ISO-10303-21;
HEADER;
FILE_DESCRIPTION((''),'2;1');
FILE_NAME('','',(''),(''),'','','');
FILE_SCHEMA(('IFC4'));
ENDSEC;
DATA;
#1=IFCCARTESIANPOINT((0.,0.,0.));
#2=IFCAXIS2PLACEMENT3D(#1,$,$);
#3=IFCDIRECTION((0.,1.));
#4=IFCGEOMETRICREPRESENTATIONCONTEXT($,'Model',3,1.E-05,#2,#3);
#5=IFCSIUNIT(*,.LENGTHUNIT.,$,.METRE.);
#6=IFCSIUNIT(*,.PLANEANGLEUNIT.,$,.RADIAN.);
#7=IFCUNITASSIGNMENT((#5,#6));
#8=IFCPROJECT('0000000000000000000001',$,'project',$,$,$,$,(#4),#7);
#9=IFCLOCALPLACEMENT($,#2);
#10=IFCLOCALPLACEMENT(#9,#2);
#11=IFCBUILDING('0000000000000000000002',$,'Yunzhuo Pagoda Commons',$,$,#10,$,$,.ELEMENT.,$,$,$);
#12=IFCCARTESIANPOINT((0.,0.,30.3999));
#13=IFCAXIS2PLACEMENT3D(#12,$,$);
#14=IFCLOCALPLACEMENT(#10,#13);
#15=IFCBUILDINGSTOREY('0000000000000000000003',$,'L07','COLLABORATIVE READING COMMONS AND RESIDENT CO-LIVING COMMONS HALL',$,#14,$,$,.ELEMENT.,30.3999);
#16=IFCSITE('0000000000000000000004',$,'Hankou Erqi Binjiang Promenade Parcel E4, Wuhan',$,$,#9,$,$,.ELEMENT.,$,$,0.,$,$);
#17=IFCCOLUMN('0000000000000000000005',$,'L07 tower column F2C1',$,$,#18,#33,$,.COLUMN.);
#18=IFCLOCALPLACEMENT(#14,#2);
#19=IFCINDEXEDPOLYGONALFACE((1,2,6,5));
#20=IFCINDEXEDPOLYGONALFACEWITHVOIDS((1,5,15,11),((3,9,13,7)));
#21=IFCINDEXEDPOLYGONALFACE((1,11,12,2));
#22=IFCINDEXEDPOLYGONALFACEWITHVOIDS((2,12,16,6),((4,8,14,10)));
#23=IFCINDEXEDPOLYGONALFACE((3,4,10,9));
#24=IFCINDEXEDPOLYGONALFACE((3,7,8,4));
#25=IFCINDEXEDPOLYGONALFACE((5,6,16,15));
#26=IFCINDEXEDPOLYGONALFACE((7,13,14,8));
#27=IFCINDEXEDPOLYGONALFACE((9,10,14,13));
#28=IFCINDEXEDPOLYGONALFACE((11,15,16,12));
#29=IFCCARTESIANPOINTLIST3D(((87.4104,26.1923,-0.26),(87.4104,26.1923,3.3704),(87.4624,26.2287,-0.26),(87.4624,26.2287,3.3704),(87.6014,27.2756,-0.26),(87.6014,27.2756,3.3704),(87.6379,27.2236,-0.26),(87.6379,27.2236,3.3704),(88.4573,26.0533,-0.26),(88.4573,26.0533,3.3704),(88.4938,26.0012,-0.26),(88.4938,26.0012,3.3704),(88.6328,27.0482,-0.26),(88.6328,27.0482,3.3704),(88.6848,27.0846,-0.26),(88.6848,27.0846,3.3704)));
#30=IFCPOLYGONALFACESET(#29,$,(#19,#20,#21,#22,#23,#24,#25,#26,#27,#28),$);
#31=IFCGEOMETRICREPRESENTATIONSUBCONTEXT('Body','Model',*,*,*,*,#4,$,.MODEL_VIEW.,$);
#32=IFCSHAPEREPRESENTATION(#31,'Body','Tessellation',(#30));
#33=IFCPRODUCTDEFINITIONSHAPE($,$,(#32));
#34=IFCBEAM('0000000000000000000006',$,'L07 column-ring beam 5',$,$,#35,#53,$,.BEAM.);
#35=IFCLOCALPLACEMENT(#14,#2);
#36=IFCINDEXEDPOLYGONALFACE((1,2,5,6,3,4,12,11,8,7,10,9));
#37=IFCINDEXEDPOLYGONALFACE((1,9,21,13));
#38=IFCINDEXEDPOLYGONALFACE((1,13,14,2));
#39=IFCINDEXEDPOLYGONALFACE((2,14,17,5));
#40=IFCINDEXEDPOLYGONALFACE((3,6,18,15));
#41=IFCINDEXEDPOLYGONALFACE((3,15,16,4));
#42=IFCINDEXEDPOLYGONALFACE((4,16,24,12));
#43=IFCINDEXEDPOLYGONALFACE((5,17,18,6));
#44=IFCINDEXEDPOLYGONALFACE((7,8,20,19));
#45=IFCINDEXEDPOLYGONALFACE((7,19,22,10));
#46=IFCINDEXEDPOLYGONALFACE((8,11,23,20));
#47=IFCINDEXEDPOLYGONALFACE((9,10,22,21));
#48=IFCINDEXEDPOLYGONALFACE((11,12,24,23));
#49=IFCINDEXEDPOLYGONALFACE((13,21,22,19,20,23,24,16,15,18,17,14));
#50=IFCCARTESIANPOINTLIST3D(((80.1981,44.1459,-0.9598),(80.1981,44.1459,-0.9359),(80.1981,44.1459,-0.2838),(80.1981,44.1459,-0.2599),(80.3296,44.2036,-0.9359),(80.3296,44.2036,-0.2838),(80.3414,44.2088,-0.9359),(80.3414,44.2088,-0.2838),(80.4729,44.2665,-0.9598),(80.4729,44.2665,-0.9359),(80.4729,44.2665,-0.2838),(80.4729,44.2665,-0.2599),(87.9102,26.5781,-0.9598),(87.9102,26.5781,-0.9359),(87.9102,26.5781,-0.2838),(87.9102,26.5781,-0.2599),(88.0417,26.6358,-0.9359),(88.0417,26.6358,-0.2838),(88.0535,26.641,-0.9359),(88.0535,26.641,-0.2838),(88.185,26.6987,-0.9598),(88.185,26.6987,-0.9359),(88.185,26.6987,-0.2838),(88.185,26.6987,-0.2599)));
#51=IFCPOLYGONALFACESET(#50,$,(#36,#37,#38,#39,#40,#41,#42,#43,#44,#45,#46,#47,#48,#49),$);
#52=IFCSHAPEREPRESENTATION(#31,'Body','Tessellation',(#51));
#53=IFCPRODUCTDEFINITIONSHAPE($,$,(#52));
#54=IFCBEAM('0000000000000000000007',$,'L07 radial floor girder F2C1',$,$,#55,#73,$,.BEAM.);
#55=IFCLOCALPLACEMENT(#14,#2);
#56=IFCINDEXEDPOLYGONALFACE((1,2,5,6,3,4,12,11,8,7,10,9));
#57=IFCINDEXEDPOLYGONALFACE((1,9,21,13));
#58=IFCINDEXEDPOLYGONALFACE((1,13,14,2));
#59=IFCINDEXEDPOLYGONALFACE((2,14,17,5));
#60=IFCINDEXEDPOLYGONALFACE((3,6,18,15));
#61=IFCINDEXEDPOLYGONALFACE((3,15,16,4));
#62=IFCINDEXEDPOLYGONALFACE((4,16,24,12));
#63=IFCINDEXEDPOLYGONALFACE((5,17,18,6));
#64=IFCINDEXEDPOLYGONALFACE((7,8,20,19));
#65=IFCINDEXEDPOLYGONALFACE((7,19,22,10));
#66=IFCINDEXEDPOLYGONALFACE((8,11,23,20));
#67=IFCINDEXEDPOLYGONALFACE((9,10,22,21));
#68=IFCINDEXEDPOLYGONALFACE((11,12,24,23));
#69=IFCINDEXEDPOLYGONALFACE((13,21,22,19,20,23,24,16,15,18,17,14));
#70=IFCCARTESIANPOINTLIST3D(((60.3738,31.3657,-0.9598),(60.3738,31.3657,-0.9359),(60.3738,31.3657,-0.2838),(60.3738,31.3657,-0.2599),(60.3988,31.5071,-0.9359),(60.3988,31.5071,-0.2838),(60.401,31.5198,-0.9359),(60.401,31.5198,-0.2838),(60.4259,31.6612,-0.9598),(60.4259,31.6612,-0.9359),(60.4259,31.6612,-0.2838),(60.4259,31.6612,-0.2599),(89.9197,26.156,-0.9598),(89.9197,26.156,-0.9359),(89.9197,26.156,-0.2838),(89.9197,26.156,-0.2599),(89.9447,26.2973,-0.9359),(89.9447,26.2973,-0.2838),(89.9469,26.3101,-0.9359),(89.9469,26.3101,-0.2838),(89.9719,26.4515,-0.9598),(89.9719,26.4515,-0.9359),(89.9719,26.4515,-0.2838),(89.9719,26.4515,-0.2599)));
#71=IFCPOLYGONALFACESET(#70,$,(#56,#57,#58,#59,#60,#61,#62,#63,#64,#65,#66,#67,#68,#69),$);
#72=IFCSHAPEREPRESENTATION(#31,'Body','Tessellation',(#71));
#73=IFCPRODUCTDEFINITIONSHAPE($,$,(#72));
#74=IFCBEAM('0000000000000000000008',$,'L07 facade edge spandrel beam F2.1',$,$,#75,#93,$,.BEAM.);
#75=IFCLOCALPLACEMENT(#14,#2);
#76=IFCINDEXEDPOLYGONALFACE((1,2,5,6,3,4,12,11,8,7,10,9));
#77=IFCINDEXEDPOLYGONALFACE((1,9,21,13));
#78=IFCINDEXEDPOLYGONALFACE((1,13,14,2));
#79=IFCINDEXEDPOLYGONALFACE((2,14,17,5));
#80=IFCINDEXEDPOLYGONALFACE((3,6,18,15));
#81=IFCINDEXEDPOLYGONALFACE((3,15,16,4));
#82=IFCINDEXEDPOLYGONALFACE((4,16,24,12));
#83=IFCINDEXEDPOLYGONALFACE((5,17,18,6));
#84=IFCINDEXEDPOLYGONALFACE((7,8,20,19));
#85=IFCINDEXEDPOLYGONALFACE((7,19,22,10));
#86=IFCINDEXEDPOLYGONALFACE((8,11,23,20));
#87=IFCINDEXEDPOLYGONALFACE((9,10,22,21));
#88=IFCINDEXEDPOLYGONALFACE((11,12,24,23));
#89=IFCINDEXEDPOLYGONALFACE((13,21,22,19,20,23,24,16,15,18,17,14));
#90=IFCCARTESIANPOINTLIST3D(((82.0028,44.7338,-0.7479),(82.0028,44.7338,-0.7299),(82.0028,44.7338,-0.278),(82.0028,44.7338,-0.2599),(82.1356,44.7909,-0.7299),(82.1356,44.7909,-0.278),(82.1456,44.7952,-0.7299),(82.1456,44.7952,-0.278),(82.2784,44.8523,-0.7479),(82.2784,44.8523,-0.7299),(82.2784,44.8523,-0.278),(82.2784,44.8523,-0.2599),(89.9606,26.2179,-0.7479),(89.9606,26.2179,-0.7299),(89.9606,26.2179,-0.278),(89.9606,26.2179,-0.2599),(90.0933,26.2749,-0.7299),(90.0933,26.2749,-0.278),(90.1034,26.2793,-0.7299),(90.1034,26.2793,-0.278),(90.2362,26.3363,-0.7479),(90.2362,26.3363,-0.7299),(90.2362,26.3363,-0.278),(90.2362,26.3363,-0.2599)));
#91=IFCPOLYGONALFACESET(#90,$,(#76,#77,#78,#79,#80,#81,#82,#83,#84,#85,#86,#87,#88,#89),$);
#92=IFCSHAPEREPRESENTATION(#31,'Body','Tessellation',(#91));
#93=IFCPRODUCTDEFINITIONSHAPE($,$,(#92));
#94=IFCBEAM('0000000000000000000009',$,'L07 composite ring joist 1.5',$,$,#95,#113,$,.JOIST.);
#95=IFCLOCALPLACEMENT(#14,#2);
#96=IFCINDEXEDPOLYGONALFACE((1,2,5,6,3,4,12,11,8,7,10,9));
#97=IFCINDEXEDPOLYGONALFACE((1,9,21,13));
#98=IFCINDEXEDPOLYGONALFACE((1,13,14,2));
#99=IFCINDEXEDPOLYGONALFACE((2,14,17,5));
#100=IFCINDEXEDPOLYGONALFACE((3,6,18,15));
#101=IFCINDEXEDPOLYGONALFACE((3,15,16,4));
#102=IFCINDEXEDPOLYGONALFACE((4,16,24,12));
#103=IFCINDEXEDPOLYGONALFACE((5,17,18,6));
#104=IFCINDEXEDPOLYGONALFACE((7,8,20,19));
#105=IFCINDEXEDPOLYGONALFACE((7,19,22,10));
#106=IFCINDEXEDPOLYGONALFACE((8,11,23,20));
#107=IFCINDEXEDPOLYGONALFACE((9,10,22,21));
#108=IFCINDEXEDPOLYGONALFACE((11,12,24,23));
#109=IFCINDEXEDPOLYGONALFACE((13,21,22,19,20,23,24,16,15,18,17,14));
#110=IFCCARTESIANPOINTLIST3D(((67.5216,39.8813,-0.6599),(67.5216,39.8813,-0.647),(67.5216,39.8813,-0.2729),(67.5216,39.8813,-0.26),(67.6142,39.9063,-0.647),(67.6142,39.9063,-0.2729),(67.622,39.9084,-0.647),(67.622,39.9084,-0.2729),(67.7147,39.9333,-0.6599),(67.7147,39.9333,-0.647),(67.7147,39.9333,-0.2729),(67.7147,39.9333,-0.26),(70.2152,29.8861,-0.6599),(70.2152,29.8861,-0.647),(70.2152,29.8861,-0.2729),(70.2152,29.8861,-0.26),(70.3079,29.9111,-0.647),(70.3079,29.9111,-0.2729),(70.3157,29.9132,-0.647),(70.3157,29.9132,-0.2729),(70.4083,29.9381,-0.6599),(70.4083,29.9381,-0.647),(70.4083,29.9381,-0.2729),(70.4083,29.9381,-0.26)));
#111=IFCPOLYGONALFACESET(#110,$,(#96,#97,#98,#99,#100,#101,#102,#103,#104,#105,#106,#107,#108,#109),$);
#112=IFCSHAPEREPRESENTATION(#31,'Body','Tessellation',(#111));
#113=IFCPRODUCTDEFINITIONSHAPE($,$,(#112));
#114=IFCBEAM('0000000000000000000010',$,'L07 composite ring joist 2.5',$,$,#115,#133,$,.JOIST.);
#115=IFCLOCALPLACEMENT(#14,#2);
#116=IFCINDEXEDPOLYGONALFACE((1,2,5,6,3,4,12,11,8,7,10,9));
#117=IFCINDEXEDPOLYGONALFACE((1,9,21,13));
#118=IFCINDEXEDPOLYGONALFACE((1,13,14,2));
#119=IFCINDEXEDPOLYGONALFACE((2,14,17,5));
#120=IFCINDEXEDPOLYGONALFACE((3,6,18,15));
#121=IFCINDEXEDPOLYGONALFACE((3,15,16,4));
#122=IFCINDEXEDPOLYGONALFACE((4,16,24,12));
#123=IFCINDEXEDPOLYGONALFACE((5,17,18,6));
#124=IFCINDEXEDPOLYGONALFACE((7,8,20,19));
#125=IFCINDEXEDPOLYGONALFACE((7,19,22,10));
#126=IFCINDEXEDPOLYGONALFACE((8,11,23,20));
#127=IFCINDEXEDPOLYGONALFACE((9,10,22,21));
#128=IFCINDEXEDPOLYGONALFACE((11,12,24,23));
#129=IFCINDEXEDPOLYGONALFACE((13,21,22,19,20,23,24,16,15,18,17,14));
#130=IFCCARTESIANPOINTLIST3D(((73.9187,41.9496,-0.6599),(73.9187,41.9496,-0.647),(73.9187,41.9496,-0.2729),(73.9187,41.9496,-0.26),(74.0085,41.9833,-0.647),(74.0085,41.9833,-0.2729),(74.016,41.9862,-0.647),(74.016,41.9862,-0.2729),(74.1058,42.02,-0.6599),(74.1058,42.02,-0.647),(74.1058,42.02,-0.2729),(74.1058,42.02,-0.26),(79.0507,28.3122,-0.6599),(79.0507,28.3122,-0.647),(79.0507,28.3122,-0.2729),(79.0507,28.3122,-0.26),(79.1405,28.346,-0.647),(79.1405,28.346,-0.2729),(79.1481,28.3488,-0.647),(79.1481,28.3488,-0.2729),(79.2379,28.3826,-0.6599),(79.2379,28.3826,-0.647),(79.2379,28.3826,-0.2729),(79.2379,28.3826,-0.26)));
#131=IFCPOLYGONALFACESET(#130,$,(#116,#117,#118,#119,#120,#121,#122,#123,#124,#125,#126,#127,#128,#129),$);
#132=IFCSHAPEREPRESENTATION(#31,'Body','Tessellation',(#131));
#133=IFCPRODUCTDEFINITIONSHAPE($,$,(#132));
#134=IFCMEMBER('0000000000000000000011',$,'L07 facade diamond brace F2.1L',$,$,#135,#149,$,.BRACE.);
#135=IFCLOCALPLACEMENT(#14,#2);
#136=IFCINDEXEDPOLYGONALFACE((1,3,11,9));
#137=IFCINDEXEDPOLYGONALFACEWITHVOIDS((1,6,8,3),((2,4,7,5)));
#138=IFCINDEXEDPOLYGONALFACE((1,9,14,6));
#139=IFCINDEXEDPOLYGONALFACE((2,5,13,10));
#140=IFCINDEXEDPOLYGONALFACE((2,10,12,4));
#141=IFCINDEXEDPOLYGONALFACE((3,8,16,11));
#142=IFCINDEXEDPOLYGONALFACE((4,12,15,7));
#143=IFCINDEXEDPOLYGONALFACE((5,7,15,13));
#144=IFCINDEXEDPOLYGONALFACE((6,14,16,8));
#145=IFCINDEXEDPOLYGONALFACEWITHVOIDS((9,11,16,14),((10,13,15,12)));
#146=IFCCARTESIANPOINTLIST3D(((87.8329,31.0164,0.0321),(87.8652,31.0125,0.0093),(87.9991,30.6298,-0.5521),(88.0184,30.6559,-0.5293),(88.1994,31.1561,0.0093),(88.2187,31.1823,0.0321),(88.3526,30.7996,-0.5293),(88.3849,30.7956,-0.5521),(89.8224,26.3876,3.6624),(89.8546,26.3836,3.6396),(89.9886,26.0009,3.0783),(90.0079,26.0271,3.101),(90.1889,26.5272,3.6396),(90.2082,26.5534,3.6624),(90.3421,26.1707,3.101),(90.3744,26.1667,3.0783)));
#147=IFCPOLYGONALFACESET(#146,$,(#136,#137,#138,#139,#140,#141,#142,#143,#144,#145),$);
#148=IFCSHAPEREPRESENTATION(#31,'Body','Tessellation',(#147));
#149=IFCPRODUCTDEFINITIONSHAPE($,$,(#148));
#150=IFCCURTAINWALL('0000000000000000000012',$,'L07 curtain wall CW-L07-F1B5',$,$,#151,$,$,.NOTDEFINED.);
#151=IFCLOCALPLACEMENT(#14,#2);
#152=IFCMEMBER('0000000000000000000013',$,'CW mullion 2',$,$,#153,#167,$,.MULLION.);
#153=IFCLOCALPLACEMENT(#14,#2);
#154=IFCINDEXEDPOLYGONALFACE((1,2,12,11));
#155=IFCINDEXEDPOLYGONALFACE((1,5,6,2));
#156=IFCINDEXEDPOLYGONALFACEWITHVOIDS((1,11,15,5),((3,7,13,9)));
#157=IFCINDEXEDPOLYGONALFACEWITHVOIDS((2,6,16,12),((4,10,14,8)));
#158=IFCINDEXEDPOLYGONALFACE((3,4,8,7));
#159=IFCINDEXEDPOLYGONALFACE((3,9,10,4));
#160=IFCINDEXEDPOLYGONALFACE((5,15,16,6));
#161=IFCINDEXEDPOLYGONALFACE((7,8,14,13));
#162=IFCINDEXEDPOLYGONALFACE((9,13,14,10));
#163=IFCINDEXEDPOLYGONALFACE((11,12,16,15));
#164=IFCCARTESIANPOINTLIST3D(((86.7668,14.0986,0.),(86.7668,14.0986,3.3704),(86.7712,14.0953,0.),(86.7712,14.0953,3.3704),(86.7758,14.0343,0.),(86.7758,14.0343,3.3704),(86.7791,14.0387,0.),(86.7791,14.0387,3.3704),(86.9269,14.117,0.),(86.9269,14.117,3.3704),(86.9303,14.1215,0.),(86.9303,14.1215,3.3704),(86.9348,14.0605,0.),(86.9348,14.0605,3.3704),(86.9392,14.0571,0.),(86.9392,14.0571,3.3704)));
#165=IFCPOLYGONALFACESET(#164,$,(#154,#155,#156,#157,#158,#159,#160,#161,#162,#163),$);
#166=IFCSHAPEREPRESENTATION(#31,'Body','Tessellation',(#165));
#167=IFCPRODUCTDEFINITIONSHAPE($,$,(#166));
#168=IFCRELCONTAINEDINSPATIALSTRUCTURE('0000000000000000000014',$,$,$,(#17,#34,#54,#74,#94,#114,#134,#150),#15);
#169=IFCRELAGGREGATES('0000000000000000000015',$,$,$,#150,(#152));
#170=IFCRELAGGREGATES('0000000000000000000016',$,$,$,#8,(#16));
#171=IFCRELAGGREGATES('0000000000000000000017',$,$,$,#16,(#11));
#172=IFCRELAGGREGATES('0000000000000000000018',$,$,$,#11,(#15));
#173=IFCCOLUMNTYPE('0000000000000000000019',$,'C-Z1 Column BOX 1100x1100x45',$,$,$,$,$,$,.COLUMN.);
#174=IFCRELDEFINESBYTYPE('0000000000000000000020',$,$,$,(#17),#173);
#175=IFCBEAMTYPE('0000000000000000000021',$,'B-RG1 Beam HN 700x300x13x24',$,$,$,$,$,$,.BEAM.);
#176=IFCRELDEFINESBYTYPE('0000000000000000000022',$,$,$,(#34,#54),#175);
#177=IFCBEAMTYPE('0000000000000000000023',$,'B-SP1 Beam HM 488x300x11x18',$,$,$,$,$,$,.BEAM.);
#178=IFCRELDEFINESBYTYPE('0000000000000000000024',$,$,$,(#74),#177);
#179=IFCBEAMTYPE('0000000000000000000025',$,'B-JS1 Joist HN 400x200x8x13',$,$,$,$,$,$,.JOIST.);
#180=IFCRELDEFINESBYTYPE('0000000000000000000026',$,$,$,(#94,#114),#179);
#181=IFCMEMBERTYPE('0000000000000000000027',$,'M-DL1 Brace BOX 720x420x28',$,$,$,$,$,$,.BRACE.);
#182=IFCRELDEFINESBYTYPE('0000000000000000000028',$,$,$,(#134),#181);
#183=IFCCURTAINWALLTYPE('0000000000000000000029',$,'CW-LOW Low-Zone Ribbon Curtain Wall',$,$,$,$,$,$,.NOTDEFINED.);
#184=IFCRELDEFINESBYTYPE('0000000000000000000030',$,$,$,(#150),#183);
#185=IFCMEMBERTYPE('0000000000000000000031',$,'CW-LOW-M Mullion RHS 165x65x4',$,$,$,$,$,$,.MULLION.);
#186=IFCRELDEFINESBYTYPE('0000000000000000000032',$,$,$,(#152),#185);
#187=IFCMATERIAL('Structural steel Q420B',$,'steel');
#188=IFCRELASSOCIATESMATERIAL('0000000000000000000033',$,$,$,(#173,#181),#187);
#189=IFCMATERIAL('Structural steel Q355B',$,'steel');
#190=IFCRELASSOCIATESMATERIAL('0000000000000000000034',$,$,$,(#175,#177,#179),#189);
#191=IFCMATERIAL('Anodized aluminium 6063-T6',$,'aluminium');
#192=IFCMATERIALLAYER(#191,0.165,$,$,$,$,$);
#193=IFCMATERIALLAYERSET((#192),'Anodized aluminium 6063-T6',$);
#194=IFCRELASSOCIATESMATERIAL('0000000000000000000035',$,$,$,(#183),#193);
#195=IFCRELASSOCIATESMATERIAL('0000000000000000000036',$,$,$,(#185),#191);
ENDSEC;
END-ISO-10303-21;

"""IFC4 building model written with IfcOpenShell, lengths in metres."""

from ifc_helpers import new_model, si_unit, direction, frame, origin, origin_2d, place, context, subcontext, project, spatial, hollow_rectangle, i_section, extrude, source, transform, mapped, material, layer, layer_set, material_profile, profile_set, type_object, element, aggregate, save


model = new_model("IFC4")

# Units and contexts
model_context = context("Model", 3, precision=1e-05, world=origin(), true_north=direction((0.0, 1.0)))
body_context = subcontext(model_context, "Body", "Model", "MODEL_VIEW")
ifc_project = project(units=[si_unit("LENGTHUNIT", "METRE"), si_unit("PLANEANGLEUNIT", "RADIAN")], contexts=[model_context])

# Site, building, storey
site_placement = place(None, origin())
site = spatial("IfcSite", under=ifc_project, at=site_placement, Name="Hankou Erqi Binjiang Promenade Parcel E4, Wuhan", CompositionType="ELEMENT", RefElevation=0.0)
building_placement = place(site_placement, origin())
building = spatial("IfcBuilding", under=site, at=building_placement, Name="Yunzhuo Pagoda Commons", CompositionType="ELEMENT")
storey_placement = place(building_placement, frame((0.0, 0.0, 30.3999)))
storey = spatial("IfcBuildingStorey", under=building, at=storey_placement, Name="L07", Description="COLLABORATIVE READING COMMONS AND RESIDENT CO-LIVING COMMONS HALL", CompositionType="ELEMENT", Elevation=30.3999)

# Column
ifc_material_1 = material(Name="Structural steel Q420B", Category="steel")
ifc_material_profile_1 = material_profile(ifc_material_1, hollow_rectangle(XDim=1.1001, YDim=1.1001, WallThickness=0.0449, at=origin_2d()), Name="Structural steel Q420B")
ifc_profile_set_1 = profile_set([ifc_material_profile_1], Name="Structural steel Q420B")
column_type = type_object("IfcColumnType", Name="C-Z1 Column BOX 1100x1100x45", PredefinedType="COLUMN", material=ifc_profile_set_1)
shared_shape_1 = source(origin(), body_context, "Body", "SweptSolid", [
    extrude(hollow_rectangle(XDim=1.1001, YDim=1.1001, WallThickness=0.0449, at=origin_2d()), origin(), (0.0, 0.0, 1.0), 3.6304),
])
column_placement = place(storey_placement, frame((88.0476, 26.6384, -0.26), z_axis=(0.0, 0.0, 1.0), x_axis=(0.173648, 0.984808, 0.0)))
element("IfcColumn", 1, at=column_placement, inside=storey, type_object=column_type, Name="L07 tower column F2C1", PredefinedType="COLUMN", context=body_context, shape_type="MappedRepresentation", body=[
    mapped(shared_shape_1, transform((0.0, 0.0, 0.0), scale=1.0)),
])

# Beams
ifc_material_2 = material(Name="Structural steel Q355B", Category="steel")
ifc_material_profile_2 = material_profile(ifc_material_2, i_section(OverallWidth=0.3, OverallDepth=0.7, WebThickness=0.0129, FlangeThickness=0.0239, at=origin_2d()), Name="Structural steel Q355B")
ifc_profile_set_2 = profile_set([ifc_material_profile_2], Name="Structural steel Q355B")
beam_type_1 = type_object("IfcBeamType", Name="B-RG1 Beam HN 700x300x13x24", PredefinedType="BEAM", material=ifc_profile_set_2)
shared_shape_2 = source(origin(), body_context, "Body", "SweptSolid", [
    extrude(i_section(OverallWidth=0.3, OverallDepth=0.7, WebThickness=0.0129, FlangeThickness=0.0239, at=origin_2d()), origin(), (0.0, 0.0, 1.0), 19.186),
])
beam_1_placement = place(storey_placement, frame((88.0476, 26.6384, -0.6099), z_axis=(-0.401965, 0.915655, 0.0), x_axis=(-0.915655, -0.401965, 0.0)))
element("IfcBeam", 2, at=beam_1_placement, inside=storey, type_object=beam_type_1, Name="L07 column-ring beam 5", PredefinedType="BEAM", context=body_context, shape_type="MappedRepresentation", body=[
    mapped(shared_shape_2, transform((0.0, 0.0, 0.0), scale=1.0)),
])
shared_shape_3 = source(origin(), body_context, "Body", "SweptSolid", [
    extrude(i_section(OverallWidth=0.3, OverallDepth=0.7, WebThickness=0.0129, FlangeThickness=0.0239, at=origin_2d()), origin(), (0.0, 0.0, 1.0), 30.0017),
])
beam_2_placement = place(storey_placement, frame((89.9458, 26.3037, -0.6099), z_axis=(-0.984808, 0.173647, 0.0), x_axis=(-0.173647, -0.984808, 0.0)))
element("IfcBeam", 3, at=beam_2_placement, inside=storey, type_object=beam_type_1, Name="L07 radial floor girder F2C1", PredefinedType="BEAM", context=body_context, shape_type="MappedRepresentation", body=[
    mapped(shared_shape_3, transform((0.0, 0.0, 0.0), scale=1.0)),
])
ifc_material_profile_3 = material_profile(ifc_material_2, i_section(OverallWidth=0.3, OverallDepth=0.488, WebThickness=0.011, FlangeThickness=0.0181, at=origin_2d()), Name="Structural steel Q355B")
ifc_profile_set_3 = profile_set([ifc_material_profile_3], Name="Structural steel Q355B")
beam_type_2 = type_object("IfcBeamType", Name="B-SP1 Beam HM 488x300x11x18", PredefinedType="BEAM", material=ifc_profile_set_3)
shared_shape_4 = source(origin(), body_context, "Body", "SweptSolid", [
    extrude(i_section(OverallWidth=0.3, OverallDepth=0.488, WebThickness=0.011, FlangeThickness=0.0181, at=origin_2d()), origin(), (0.0, 0.0, 1.0), 20.1536),
])
beam_3_placement = place(storey_placement, frame((90.0984, 26.2771, -0.5039), z_axis=(-0.394858, 0.918742, 0.0), x_axis=(-0.918742, -0.394858, 0.0)))
element("IfcBeam", 4, at=beam_3_placement, inside=storey, type_object=beam_type_2, Name="L07 facade edge spandrel beam F2.1", PredefinedType="BEAM", context=body_context, shape_type="MappedRepresentation", body=[
    mapped(shared_shape_4, transform((0.0, 0.0, 0.0), scale=1.0)),
])
ifc_material_profile_4 = material_profile(ifc_material_2, i_section(OverallWidth=0.2, OverallDepth=0.3999, WebThickness=0.0081, FlangeThickness=0.0129, at=origin_2d()), Name="Structural steel Q355B")
ifc_profile_set_4 = profile_set([ifc_material_profile_4], Name="Structural steel Q355B")
beam_type_3 = type_object("IfcBeamType", Name="B-JS1 Joist HN 400x200x8x13", PredefinedType="JOIST", material=ifc_profile_set_4)
shared_shape_5 = source(origin(), body_context, "Body", "SweptSolid", [
    extrude(i_section(OverallWidth=0.2, OverallDepth=0.3999, WebThickness=0.0081, FlangeThickness=0.0129, at=origin_2d()), origin(), (0.0, 0.0, 1.0), 10.3518),
])
beam_4_placement = place(storey_placement, frame((70.3118, 29.9121, -0.46), z_axis=(-0.260209, 0.965552, 0.0), x_axis=(-0.965552, -0.260209, 0.0)))
element("IfcBeam", 5, at=beam_4_placement, inside=storey, type_object=beam_type_3, Name="L07 composite ring joist 1.5", PredefinedType="JOIST", context=body_context, shape_type="MappedRepresentation", body=[
    mapped(shared_shape_5, transform((0.0, 0.0, 0.0), scale=1.0)),
])
shared_shape_6 = source(origin(), body_context, "Body", "SweptSolid", [
    extrude(i_section(OverallWidth=0.2, OverallDepth=0.3999, WebThickness=0.0081, FlangeThickness=0.0129, at=origin_2d()), origin(), (0.0, 0.0, 1.0), 14.571),
])
beam_5_placement = place(storey_placement, frame((79.1443, 28.3474, -0.46), z_axis=(-0.352208, 0.935922, 0.0), x_axis=(-0.935922, -0.352208, 0.0)))
element("IfcBeam", 6, at=beam_5_placement, inside=storey, type_object=beam_type_3, Name="L07 composite ring joist 2.5", PredefinedType="JOIST", context=body_context, shape_type="MappedRepresentation", body=[
    mapped(shared_shape_6, transform((0.0, 0.0, 0.0), scale=1.0)),
])

# Member
ifc_material_profile_5 = material_profile(ifc_material_1, hollow_rectangle(XDim=0.4199, YDim=0.72, WallThickness=0.0281, at=origin_2d()), Name="Structural steel Q420B")
ifc_profile_set_5 = profile_set([ifc_material_profile_5], Name="Structural steel Q420B")
member_type_1 = type_object("IfcMemberType", Name="M-DL1 Brace BOX 720x420x28", PredefinedType="BRACE", material=ifc_profile_set_5)
shared_shape_7 = source(origin(), body_context, "Body", "SweptSolid", [
    extrude(hollow_rectangle(XDim=0.4199, YDim=0.72, WallThickness=0.0281, at=origin_2d()), origin(), (0.0, 0.0, 1.0), 6.21),
])
member_1_placement = place(storey_placement, frame((88.1089, 30.906, -0.26), z_axis=(0.320369, -0.745392, 0.584598), x_axis=(0.918736, 0.394872, 0.0)))
element("IfcMember", 7, at=member_1_placement, inside=storey, type_object=member_type_1, Name="L07 facade diamond brace F2.1L", PredefinedType="BRACE", context=body_context, shape_type="MappedRepresentation", body=[
    mapped(shared_shape_7, transform((0.0, 0.0, 0.0), scale=1.0)),
])

# Curtain wall, member
ifc_material_3 = material(Name="Anodized aluminium 6063-T6", Category="aluminium")
ifc_layer_1 = layer(ifc_material_3, 0.165)
ifc_layer_set_1 = layer_set([ifc_layer_1], Name="Anodized aluminium 6063-T6")
curtain_wall_type = type_object("IfcCurtainWallType", Name="CW-LOW Low-Zone Ribbon Curtain Wall", PredefinedType="NOTDEFINED", material=ifc_layer_set_1)
curtain_wall_1_placement = place(storey_placement, origin())
curtain_wall_1 = element("IfcCurtainWall", 8, at=curtain_wall_1_placement, inside=storey, type_object=curtain_wall_type, Name="L07 curtain wall CW-L07-F1B5", PredefinedType="NOTDEFINED")
ifc_material_profile_6 = material_profile(ifc_material_3, hollow_rectangle(XDim=0.0649, YDim=0.165, WallThickness=0.0039, at=origin_2d()), Name="Anodized aluminium 6063-T6")
ifc_profile_set_6 = profile_set([ifc_material_profile_6], Name="Anodized aluminium 6063-T6")
member_type_2 = type_object("IfcMemberType", Name="CW-LOW-M Mullion RHS 165x65x4", PredefinedType="MULLION", material=ifc_profile_set_6)
shared_shape_8 = source(origin(), body_context, "Body", "SweptSolid", [
    extrude(hollow_rectangle(XDim=0.0649, YDim=0.165, WallThickness=0.0039, at=origin_2d()), origin(), (0.0, 0.0, 1.0), 3.3704),
])
member_2_placement = place(storey_placement, frame((86.853, 14.0779, 0.0), z_axis=(0.0, 0.0, 1.0), x_axis=(-0.138294, 0.990391, 0.0)))
member_2 = element("IfcMember", 9, at=member_2_placement, type_object=member_type_2, Name="CW mullion 2", PredefinedType="MULLION", context=body_context, shape_type="MappedRepresentation", body=[
    mapped(shared_shape_8, transform((0.0, 0.0, 0.0), scale=1.0)),
])

aggregate(curtain_wall_1, [member_2])

save(model, "model.ifc")
